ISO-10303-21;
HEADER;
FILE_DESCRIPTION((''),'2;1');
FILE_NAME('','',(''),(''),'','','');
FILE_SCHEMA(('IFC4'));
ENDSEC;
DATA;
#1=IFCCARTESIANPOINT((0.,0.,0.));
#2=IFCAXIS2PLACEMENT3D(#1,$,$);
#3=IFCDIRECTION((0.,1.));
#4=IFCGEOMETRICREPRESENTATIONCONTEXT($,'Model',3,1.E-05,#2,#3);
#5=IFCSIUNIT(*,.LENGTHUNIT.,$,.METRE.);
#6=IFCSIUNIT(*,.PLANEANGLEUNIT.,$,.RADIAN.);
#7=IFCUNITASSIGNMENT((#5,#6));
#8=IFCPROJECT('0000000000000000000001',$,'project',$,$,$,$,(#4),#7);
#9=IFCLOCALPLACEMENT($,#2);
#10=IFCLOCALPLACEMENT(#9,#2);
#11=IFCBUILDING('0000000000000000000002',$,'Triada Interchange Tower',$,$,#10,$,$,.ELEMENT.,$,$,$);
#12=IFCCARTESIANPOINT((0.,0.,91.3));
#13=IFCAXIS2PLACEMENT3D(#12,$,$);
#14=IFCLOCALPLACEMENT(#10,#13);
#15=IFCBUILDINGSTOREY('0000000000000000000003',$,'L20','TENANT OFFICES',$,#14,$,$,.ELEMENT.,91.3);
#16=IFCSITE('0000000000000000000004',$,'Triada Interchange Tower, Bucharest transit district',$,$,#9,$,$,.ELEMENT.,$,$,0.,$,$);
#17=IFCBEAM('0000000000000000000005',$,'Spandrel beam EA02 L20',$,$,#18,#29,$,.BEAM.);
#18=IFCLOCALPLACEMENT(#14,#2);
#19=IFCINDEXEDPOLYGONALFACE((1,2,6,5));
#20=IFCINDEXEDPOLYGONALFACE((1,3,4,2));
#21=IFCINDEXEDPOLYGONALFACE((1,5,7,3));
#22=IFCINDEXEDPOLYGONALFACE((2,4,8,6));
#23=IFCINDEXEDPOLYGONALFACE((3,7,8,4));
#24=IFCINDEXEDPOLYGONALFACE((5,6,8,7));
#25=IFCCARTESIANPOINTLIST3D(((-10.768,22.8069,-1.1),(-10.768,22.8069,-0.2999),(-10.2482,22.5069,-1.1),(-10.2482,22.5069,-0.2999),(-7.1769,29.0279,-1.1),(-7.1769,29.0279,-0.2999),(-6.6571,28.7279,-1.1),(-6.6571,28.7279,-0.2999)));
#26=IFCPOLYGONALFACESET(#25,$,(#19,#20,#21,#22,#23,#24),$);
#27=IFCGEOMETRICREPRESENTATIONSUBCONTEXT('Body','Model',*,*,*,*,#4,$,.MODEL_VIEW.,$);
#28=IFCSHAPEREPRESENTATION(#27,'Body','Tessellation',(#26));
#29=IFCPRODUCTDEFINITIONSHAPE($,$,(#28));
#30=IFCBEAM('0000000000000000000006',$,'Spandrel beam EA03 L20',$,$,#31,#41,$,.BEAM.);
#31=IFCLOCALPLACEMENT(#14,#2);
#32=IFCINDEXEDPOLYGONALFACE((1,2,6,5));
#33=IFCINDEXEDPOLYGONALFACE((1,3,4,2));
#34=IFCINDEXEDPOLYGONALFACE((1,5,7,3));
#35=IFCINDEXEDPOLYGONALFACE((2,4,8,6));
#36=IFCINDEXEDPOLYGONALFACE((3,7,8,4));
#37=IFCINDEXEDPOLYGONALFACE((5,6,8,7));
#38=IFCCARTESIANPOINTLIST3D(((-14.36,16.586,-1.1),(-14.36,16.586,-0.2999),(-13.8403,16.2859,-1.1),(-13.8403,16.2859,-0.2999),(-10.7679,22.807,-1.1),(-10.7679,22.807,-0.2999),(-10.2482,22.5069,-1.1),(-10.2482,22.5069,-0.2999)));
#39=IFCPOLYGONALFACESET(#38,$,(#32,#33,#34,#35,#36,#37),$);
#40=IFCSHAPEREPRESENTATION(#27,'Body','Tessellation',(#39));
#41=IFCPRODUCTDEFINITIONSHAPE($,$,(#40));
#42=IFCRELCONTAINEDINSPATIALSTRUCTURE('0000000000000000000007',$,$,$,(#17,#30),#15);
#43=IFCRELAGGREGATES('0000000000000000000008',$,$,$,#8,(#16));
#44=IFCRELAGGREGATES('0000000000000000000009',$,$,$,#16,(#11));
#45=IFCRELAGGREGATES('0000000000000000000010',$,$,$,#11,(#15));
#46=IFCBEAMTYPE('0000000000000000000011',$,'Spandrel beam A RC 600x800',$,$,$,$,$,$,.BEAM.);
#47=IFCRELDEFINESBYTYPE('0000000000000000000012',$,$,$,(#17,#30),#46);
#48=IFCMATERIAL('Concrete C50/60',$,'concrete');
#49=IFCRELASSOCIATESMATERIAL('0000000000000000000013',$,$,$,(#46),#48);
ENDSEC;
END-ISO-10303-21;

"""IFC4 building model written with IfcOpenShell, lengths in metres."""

from ifc_helpers import new_model, si_unit, direction, frame, origin, origin_2d, place, context, subcontext, project, spatial, rectangle, extrude, material, material_profile, profile_set, type_object, element, save


model = new_model("IFC4")

# Units and contexts
model_context = context("Model", 3, precision=1e-05, world=origin(), true_north=direction((0.0, 1.0)))
body_context = subcontext(model_context, "Body", "Model", "MODEL_VIEW")
ifc_project = project(units=[si_unit("LENGTHUNIT", "METRE"), si_unit("PLANEANGLEUNIT", "RADIAN")], contexts=[model_context])

# Site, building, storey
site_placement = place(None, origin())
site = spatial("IfcSite", under=ifc_project, at=site_placement, Name="Triada Interchange Tower, Bucharest transit district", CompositionType="ELEMENT", RefElevation=0.0)
building_placement = place(site_placement, origin())
building = spatial("IfcBuilding", under=site, at=building_placement, Name="Triada Interchange Tower", CompositionType="ELEMENT")
storey_placement = place(building_placement, frame((0.0, 0.0, 91.3)))
storey = spatial("IfcBuildingStorey", under=building, at=storey_placement, Name="L20", Description="TENANT OFFICES", CompositionType="ELEMENT", Elevation=91.3)

# Beams
ifc_material_1 = material(Name="Concrete C50/60", Category="concrete")
ifc_material_profile_1 = material_profile(ifc_material_1, rectangle(XDim=0.6001, YDim=0.8, at=origin_2d()), Name="RC 600x800")
ifc_profile_set_1 = profile_set([ifc_material_profile_1], Name="Concrete C50/60")
beam_type_1 = type_object("IfcBeamType", Name="Spandrel beam A RC 600x800", PredefinedType="BEAM", material=ifc_profile_set_1)
beam_1_placement = place(storey_placement, frame((-6.917, 28.8779, -0.7), z_axis=(-0.499937, -0.866062, 0.0), x_axis=(0.866062, -0.499937, 0.0)))
element("IfcBeam", 1, at=beam_1_placement, inside=storey, type_object=beam_type_1, Name="Spandrel beam EA02 L20", PredefinedType="BEAM", context=body_context, shape_type="SweptSolid", body=[
    extrude(rectangle(XDim=0.6001, YDim=0.8, at=origin_2d()), origin(), (0.0, 0.0, 1.0), 7.1831),
])
beam_2_placement = place(storey_placement, frame((-10.5081, 22.657, -0.7), z_axis=(-0.500039, -0.866003, 0.0), x_axis=(0.866003, -0.500039, 0.0)))
element("IfcBeam", 2, at=beam_2_placement, inside=storey, type_object=beam_type_1, Name="Spandrel beam EA03 L20", PredefinedType="BEAM", context=body_context, shape_type="SweptSolid", body=[
    extrude(rectangle(XDim=0.6001, YDim=0.8, at=origin_2d()), origin(), (0.0, 0.0, 1.0), 7.1836),
])

save(model, "model.ifc")
